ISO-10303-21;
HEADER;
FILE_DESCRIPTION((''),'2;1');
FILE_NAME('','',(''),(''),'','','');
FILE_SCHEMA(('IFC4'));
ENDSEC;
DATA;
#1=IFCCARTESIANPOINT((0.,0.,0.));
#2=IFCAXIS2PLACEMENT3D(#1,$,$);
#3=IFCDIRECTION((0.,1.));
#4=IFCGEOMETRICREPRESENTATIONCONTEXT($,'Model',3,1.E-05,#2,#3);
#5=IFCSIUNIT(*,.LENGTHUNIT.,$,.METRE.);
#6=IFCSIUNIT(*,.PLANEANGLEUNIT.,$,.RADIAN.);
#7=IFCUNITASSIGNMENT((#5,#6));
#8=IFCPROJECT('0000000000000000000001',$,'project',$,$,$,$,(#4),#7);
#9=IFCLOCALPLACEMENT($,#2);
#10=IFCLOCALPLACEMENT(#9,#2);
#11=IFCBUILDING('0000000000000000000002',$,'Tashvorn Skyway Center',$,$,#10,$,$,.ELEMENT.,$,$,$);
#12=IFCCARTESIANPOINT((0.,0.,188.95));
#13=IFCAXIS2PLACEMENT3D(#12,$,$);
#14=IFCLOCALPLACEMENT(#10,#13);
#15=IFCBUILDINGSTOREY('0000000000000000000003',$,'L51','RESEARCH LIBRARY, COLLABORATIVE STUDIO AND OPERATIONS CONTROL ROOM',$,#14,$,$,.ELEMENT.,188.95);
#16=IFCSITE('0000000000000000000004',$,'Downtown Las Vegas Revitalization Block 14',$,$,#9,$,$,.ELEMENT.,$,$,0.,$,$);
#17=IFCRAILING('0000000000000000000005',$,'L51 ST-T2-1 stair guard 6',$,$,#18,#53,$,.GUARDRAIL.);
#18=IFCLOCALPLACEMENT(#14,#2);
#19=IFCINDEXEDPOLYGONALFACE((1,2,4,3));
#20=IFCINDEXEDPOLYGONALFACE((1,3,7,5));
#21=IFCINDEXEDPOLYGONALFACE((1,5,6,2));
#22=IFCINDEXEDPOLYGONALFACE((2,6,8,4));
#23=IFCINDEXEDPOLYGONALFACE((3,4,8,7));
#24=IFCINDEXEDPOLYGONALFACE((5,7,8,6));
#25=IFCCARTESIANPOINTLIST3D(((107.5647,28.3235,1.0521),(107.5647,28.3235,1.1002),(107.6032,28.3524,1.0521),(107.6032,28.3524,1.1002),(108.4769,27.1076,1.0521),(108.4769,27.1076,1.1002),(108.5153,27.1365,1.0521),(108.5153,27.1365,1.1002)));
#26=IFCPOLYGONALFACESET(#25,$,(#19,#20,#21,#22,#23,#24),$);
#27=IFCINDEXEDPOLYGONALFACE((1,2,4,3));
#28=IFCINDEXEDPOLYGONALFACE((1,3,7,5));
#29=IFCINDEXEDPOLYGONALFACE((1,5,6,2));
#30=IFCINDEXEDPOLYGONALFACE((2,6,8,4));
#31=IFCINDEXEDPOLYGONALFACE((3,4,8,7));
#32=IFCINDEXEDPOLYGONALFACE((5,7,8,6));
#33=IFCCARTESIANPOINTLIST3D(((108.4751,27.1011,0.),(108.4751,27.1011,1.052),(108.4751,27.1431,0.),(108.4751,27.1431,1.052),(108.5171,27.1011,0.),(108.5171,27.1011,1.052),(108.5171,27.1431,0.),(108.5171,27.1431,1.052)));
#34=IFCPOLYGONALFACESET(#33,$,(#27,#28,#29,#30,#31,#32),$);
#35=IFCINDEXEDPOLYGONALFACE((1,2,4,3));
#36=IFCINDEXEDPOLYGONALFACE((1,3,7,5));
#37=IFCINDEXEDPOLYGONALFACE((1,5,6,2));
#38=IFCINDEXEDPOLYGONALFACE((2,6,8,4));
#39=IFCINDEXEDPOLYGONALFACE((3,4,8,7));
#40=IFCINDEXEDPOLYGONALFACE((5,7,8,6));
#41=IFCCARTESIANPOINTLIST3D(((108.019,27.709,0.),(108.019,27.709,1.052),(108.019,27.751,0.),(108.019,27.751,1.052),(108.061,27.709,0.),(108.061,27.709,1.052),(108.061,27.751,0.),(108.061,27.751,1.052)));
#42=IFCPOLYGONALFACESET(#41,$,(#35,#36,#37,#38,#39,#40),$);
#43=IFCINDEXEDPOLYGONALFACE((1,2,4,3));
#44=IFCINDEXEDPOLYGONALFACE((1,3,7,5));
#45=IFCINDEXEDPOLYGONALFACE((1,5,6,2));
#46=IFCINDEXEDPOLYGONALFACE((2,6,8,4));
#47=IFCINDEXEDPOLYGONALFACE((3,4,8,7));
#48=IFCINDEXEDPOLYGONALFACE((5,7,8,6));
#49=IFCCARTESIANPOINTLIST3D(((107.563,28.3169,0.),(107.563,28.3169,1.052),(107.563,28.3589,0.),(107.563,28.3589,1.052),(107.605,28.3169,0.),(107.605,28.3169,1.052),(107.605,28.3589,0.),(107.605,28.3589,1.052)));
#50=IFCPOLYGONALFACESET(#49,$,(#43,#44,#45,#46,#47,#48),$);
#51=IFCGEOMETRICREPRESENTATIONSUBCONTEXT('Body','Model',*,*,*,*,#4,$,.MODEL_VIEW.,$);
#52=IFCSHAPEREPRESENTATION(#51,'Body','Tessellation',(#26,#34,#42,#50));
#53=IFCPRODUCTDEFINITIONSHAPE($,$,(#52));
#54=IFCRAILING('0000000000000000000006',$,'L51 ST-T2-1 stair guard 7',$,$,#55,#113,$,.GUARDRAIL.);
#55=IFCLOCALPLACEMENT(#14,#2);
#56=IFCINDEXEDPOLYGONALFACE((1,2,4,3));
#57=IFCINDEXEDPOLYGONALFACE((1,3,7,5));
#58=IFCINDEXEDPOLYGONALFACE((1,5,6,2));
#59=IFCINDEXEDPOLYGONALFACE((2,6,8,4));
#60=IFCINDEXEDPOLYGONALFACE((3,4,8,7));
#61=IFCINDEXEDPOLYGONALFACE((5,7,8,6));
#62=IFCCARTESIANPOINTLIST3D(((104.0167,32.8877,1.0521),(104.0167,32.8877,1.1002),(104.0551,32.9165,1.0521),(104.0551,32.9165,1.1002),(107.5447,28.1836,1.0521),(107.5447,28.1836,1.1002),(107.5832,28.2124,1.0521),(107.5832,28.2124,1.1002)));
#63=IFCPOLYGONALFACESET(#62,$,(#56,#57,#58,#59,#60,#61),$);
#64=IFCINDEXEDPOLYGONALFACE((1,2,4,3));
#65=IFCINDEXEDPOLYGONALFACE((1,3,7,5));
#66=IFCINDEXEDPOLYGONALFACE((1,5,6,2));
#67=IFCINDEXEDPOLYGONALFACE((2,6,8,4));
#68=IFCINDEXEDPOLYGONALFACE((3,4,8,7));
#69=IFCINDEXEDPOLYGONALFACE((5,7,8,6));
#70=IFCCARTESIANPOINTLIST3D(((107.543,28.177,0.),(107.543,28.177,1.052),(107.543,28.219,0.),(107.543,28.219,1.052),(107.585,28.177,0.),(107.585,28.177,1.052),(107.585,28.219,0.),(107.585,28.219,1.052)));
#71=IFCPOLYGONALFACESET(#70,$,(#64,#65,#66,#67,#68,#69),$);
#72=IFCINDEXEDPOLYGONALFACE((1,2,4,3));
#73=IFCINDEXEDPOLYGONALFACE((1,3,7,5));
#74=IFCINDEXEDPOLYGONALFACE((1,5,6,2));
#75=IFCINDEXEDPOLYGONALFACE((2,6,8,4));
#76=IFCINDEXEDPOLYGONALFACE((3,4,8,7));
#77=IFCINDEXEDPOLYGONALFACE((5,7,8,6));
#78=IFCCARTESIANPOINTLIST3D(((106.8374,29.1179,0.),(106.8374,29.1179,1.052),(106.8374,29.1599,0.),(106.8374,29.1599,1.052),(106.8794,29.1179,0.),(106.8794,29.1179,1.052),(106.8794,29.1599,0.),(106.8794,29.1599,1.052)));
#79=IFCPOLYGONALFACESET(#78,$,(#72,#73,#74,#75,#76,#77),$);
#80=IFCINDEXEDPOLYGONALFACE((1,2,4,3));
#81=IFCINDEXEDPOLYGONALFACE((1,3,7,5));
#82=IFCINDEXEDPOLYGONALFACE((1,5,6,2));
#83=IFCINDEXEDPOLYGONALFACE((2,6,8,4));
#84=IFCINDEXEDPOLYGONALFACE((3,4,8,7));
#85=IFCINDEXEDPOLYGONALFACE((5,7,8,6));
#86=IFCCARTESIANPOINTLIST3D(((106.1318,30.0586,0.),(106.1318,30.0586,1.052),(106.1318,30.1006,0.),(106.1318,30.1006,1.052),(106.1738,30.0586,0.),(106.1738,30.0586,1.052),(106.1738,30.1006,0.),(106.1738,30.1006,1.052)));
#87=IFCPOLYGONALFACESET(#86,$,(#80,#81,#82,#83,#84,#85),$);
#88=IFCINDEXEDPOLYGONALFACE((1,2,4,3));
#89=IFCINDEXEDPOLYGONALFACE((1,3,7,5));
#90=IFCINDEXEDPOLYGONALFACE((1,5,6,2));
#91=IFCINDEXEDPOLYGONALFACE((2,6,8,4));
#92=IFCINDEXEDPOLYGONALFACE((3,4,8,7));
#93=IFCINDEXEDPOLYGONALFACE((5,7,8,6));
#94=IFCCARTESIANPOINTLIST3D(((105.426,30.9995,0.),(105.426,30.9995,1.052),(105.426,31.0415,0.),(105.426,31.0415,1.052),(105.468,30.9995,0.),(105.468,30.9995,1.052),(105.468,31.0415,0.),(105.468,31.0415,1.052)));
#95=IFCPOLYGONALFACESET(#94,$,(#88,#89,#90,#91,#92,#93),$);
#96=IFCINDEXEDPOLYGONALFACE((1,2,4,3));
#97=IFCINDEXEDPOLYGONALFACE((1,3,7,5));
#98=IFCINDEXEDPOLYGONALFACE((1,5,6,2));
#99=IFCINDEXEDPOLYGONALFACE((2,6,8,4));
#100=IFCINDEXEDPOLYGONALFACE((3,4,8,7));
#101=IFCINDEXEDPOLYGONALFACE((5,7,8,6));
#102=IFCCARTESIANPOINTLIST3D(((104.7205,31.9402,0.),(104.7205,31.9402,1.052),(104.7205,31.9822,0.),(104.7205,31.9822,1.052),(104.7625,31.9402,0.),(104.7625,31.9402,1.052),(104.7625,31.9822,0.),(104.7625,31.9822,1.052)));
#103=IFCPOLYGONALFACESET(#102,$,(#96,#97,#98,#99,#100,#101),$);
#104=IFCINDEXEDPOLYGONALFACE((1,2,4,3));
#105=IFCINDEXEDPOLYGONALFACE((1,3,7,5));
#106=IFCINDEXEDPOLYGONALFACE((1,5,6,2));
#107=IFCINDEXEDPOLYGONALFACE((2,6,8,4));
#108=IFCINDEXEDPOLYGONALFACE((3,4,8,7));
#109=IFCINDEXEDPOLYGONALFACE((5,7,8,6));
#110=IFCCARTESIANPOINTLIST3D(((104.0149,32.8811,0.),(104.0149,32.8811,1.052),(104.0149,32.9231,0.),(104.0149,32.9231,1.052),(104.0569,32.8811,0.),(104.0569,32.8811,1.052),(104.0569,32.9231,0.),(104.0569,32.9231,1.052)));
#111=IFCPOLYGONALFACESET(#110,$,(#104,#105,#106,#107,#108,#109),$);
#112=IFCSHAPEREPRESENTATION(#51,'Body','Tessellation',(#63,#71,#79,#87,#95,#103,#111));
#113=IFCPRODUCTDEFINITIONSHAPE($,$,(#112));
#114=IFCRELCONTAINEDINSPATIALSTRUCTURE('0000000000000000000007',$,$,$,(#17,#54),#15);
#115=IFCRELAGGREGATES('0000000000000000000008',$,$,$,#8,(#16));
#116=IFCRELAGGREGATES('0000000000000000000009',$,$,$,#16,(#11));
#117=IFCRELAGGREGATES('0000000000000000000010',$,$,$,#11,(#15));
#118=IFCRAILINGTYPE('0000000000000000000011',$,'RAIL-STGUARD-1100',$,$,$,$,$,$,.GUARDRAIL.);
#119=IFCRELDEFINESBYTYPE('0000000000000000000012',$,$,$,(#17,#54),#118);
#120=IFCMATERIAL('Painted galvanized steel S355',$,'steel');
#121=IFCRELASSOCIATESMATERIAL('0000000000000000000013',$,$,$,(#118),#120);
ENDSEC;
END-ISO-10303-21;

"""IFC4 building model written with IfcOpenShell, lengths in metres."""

from ifc_helpers import new_model, si_unit, direction, frame, origin, origin_2d, place, context, subcontext, project, spatial, rectangle, extrude, material, type_object, element, save


model = new_model("IFC4")

# Units and contexts
model_context = context("Model", 3, precision=1e-05, world=origin(), true_north=direction((0.0, 1.0)))
body_context = subcontext(model_context, "Body", "Model", "MODEL_VIEW")
ifc_project = project(units=[si_unit("LENGTHUNIT", "METRE"), si_unit("PLANEANGLEUNIT", "RADIAN")], contexts=[model_context])

# Site, building, storey
site_placement = place(None, origin())
site = spatial("IfcSite", under=ifc_project, at=site_placement, Name="Downtown Las Vegas Revitalization Block 14", CompositionType="ELEMENT", RefElevation=0.0)
building_placement = place(site_placement, origin())
building = spatial("IfcBuilding", under=site, at=building_placement, Name="Tashvorn Skyway Center", CompositionType="ELEMENT")
storey_placement = place(building_placement, frame((0.0, 0.0, 188.95)))
storey = spatial("IfcBuildingStorey", under=building, at=storey_placement, Name="L51", Description="RESEARCH LIBRARY, COLLABORATIVE STUDIO AND OPERATIONS CONTROL ROOM", CompositionType="ELEMENT", Elevation=188.95)

# Railings
ifc_material_1 = material(Name="Painted galvanized steel S355", Category="steel")
railing_type = type_object("IfcRailingType", Name="RAIL-STGUARD-1100", PredefinedType="GUARDRAIL", material=ifc_material_1)
railing_1_placement = place(storey_placement, frame((108.4961, 27.1221, 0.0)))
element("IfcRailing", 1, at=railing_1_placement, inside=storey, type_object=railing_type, Name="L51 ST-T2-1 stair guard 6", PredefinedType="GUARDRAIL", context=body_context, shape_type="SweptSolid", body=[
    extrude(rectangle(XDim=0.0481, YDim=0.0481, at=origin_2d()), frame((0.0, 0.0, 1.0762), z_axis=(-0.600103, 0.799923, 0.0), x_axis=(-0.799923, -0.600103, 0.0)), (0.0, 0.0, 1.0), 1.52),
    extrude(rectangle(XDim=0.042, YDim=0.042, at=origin_2d()), origin(), (0.0, 0.0, 1.0), 1.052),
    extrude(rectangle(XDim=0.042, YDim=0.042, at=origin_2d()), frame((-0.4561, 0.6079, 0.0)), (0.0, 0.0, 1.0), 1.052),
    extrude(rectangle(XDim=0.042, YDim=0.042, at=origin_2d()), frame((-0.9121, 1.2158, 0.0)), (0.0, 0.0, 1.0), 1.052),
])
railing_2_placement = place(storey_placement, frame((107.564, 28.198, 0.0)))
element("IfcRailing", 2, at=railing_2_placement, inside=storey, type_object=railing_type, Name="L51 ST-T2-1 stair guard 7", PredefinedType="GUARDRAIL", context=body_context, shape_type="SweptSolid", body=[
    extrude(rectangle(XDim=0.0481, YDim=0.0481, at=origin_2d()), frame((0.0, 0.0, 1.0762), z_axis=(-0.6, 0.8, 0.0), x_axis=(-0.8, -0.6, 0.0)), (0.0, 0.0, 1.0), 5.8801),
    extrude(rectangle(XDim=0.042, YDim=0.042, at=origin_2d()), origin(), (0.0, 0.0, 1.0), 1.052),
    extrude(rectangle(XDim=0.042, YDim=0.042, at=origin_2d()), frame((-0.7056, 0.9409, 0.0)), (0.0, 0.0, 1.0), 1.052),
    extrude(rectangle(XDim=0.042, YDim=0.042, at=origin_2d()), frame((-1.4111, 1.8816, 0.0)), (0.0, 0.0, 1.0), 1.052),
    extrude(rectangle(XDim=0.042, YDim=0.042, at=origin_2d()), frame((-2.1169, 2.8225, 0.0)), (0.0, 0.0, 1.0), 1.052),
    extrude(rectangle(XDim=0.042, YDim=0.042, at=origin_2d()), frame((-2.8225, 3.7632, 0.0)), (0.0, 0.0, 1.0), 1.052),
    extrude(rectangle(XDim=0.042, YDim=0.042, at=origin_2d()), frame((-3.5281, 4.7041, 0.0)), (0.0, 0.0, 1.0), 1.052),
])

save(model, "model.ifc")
